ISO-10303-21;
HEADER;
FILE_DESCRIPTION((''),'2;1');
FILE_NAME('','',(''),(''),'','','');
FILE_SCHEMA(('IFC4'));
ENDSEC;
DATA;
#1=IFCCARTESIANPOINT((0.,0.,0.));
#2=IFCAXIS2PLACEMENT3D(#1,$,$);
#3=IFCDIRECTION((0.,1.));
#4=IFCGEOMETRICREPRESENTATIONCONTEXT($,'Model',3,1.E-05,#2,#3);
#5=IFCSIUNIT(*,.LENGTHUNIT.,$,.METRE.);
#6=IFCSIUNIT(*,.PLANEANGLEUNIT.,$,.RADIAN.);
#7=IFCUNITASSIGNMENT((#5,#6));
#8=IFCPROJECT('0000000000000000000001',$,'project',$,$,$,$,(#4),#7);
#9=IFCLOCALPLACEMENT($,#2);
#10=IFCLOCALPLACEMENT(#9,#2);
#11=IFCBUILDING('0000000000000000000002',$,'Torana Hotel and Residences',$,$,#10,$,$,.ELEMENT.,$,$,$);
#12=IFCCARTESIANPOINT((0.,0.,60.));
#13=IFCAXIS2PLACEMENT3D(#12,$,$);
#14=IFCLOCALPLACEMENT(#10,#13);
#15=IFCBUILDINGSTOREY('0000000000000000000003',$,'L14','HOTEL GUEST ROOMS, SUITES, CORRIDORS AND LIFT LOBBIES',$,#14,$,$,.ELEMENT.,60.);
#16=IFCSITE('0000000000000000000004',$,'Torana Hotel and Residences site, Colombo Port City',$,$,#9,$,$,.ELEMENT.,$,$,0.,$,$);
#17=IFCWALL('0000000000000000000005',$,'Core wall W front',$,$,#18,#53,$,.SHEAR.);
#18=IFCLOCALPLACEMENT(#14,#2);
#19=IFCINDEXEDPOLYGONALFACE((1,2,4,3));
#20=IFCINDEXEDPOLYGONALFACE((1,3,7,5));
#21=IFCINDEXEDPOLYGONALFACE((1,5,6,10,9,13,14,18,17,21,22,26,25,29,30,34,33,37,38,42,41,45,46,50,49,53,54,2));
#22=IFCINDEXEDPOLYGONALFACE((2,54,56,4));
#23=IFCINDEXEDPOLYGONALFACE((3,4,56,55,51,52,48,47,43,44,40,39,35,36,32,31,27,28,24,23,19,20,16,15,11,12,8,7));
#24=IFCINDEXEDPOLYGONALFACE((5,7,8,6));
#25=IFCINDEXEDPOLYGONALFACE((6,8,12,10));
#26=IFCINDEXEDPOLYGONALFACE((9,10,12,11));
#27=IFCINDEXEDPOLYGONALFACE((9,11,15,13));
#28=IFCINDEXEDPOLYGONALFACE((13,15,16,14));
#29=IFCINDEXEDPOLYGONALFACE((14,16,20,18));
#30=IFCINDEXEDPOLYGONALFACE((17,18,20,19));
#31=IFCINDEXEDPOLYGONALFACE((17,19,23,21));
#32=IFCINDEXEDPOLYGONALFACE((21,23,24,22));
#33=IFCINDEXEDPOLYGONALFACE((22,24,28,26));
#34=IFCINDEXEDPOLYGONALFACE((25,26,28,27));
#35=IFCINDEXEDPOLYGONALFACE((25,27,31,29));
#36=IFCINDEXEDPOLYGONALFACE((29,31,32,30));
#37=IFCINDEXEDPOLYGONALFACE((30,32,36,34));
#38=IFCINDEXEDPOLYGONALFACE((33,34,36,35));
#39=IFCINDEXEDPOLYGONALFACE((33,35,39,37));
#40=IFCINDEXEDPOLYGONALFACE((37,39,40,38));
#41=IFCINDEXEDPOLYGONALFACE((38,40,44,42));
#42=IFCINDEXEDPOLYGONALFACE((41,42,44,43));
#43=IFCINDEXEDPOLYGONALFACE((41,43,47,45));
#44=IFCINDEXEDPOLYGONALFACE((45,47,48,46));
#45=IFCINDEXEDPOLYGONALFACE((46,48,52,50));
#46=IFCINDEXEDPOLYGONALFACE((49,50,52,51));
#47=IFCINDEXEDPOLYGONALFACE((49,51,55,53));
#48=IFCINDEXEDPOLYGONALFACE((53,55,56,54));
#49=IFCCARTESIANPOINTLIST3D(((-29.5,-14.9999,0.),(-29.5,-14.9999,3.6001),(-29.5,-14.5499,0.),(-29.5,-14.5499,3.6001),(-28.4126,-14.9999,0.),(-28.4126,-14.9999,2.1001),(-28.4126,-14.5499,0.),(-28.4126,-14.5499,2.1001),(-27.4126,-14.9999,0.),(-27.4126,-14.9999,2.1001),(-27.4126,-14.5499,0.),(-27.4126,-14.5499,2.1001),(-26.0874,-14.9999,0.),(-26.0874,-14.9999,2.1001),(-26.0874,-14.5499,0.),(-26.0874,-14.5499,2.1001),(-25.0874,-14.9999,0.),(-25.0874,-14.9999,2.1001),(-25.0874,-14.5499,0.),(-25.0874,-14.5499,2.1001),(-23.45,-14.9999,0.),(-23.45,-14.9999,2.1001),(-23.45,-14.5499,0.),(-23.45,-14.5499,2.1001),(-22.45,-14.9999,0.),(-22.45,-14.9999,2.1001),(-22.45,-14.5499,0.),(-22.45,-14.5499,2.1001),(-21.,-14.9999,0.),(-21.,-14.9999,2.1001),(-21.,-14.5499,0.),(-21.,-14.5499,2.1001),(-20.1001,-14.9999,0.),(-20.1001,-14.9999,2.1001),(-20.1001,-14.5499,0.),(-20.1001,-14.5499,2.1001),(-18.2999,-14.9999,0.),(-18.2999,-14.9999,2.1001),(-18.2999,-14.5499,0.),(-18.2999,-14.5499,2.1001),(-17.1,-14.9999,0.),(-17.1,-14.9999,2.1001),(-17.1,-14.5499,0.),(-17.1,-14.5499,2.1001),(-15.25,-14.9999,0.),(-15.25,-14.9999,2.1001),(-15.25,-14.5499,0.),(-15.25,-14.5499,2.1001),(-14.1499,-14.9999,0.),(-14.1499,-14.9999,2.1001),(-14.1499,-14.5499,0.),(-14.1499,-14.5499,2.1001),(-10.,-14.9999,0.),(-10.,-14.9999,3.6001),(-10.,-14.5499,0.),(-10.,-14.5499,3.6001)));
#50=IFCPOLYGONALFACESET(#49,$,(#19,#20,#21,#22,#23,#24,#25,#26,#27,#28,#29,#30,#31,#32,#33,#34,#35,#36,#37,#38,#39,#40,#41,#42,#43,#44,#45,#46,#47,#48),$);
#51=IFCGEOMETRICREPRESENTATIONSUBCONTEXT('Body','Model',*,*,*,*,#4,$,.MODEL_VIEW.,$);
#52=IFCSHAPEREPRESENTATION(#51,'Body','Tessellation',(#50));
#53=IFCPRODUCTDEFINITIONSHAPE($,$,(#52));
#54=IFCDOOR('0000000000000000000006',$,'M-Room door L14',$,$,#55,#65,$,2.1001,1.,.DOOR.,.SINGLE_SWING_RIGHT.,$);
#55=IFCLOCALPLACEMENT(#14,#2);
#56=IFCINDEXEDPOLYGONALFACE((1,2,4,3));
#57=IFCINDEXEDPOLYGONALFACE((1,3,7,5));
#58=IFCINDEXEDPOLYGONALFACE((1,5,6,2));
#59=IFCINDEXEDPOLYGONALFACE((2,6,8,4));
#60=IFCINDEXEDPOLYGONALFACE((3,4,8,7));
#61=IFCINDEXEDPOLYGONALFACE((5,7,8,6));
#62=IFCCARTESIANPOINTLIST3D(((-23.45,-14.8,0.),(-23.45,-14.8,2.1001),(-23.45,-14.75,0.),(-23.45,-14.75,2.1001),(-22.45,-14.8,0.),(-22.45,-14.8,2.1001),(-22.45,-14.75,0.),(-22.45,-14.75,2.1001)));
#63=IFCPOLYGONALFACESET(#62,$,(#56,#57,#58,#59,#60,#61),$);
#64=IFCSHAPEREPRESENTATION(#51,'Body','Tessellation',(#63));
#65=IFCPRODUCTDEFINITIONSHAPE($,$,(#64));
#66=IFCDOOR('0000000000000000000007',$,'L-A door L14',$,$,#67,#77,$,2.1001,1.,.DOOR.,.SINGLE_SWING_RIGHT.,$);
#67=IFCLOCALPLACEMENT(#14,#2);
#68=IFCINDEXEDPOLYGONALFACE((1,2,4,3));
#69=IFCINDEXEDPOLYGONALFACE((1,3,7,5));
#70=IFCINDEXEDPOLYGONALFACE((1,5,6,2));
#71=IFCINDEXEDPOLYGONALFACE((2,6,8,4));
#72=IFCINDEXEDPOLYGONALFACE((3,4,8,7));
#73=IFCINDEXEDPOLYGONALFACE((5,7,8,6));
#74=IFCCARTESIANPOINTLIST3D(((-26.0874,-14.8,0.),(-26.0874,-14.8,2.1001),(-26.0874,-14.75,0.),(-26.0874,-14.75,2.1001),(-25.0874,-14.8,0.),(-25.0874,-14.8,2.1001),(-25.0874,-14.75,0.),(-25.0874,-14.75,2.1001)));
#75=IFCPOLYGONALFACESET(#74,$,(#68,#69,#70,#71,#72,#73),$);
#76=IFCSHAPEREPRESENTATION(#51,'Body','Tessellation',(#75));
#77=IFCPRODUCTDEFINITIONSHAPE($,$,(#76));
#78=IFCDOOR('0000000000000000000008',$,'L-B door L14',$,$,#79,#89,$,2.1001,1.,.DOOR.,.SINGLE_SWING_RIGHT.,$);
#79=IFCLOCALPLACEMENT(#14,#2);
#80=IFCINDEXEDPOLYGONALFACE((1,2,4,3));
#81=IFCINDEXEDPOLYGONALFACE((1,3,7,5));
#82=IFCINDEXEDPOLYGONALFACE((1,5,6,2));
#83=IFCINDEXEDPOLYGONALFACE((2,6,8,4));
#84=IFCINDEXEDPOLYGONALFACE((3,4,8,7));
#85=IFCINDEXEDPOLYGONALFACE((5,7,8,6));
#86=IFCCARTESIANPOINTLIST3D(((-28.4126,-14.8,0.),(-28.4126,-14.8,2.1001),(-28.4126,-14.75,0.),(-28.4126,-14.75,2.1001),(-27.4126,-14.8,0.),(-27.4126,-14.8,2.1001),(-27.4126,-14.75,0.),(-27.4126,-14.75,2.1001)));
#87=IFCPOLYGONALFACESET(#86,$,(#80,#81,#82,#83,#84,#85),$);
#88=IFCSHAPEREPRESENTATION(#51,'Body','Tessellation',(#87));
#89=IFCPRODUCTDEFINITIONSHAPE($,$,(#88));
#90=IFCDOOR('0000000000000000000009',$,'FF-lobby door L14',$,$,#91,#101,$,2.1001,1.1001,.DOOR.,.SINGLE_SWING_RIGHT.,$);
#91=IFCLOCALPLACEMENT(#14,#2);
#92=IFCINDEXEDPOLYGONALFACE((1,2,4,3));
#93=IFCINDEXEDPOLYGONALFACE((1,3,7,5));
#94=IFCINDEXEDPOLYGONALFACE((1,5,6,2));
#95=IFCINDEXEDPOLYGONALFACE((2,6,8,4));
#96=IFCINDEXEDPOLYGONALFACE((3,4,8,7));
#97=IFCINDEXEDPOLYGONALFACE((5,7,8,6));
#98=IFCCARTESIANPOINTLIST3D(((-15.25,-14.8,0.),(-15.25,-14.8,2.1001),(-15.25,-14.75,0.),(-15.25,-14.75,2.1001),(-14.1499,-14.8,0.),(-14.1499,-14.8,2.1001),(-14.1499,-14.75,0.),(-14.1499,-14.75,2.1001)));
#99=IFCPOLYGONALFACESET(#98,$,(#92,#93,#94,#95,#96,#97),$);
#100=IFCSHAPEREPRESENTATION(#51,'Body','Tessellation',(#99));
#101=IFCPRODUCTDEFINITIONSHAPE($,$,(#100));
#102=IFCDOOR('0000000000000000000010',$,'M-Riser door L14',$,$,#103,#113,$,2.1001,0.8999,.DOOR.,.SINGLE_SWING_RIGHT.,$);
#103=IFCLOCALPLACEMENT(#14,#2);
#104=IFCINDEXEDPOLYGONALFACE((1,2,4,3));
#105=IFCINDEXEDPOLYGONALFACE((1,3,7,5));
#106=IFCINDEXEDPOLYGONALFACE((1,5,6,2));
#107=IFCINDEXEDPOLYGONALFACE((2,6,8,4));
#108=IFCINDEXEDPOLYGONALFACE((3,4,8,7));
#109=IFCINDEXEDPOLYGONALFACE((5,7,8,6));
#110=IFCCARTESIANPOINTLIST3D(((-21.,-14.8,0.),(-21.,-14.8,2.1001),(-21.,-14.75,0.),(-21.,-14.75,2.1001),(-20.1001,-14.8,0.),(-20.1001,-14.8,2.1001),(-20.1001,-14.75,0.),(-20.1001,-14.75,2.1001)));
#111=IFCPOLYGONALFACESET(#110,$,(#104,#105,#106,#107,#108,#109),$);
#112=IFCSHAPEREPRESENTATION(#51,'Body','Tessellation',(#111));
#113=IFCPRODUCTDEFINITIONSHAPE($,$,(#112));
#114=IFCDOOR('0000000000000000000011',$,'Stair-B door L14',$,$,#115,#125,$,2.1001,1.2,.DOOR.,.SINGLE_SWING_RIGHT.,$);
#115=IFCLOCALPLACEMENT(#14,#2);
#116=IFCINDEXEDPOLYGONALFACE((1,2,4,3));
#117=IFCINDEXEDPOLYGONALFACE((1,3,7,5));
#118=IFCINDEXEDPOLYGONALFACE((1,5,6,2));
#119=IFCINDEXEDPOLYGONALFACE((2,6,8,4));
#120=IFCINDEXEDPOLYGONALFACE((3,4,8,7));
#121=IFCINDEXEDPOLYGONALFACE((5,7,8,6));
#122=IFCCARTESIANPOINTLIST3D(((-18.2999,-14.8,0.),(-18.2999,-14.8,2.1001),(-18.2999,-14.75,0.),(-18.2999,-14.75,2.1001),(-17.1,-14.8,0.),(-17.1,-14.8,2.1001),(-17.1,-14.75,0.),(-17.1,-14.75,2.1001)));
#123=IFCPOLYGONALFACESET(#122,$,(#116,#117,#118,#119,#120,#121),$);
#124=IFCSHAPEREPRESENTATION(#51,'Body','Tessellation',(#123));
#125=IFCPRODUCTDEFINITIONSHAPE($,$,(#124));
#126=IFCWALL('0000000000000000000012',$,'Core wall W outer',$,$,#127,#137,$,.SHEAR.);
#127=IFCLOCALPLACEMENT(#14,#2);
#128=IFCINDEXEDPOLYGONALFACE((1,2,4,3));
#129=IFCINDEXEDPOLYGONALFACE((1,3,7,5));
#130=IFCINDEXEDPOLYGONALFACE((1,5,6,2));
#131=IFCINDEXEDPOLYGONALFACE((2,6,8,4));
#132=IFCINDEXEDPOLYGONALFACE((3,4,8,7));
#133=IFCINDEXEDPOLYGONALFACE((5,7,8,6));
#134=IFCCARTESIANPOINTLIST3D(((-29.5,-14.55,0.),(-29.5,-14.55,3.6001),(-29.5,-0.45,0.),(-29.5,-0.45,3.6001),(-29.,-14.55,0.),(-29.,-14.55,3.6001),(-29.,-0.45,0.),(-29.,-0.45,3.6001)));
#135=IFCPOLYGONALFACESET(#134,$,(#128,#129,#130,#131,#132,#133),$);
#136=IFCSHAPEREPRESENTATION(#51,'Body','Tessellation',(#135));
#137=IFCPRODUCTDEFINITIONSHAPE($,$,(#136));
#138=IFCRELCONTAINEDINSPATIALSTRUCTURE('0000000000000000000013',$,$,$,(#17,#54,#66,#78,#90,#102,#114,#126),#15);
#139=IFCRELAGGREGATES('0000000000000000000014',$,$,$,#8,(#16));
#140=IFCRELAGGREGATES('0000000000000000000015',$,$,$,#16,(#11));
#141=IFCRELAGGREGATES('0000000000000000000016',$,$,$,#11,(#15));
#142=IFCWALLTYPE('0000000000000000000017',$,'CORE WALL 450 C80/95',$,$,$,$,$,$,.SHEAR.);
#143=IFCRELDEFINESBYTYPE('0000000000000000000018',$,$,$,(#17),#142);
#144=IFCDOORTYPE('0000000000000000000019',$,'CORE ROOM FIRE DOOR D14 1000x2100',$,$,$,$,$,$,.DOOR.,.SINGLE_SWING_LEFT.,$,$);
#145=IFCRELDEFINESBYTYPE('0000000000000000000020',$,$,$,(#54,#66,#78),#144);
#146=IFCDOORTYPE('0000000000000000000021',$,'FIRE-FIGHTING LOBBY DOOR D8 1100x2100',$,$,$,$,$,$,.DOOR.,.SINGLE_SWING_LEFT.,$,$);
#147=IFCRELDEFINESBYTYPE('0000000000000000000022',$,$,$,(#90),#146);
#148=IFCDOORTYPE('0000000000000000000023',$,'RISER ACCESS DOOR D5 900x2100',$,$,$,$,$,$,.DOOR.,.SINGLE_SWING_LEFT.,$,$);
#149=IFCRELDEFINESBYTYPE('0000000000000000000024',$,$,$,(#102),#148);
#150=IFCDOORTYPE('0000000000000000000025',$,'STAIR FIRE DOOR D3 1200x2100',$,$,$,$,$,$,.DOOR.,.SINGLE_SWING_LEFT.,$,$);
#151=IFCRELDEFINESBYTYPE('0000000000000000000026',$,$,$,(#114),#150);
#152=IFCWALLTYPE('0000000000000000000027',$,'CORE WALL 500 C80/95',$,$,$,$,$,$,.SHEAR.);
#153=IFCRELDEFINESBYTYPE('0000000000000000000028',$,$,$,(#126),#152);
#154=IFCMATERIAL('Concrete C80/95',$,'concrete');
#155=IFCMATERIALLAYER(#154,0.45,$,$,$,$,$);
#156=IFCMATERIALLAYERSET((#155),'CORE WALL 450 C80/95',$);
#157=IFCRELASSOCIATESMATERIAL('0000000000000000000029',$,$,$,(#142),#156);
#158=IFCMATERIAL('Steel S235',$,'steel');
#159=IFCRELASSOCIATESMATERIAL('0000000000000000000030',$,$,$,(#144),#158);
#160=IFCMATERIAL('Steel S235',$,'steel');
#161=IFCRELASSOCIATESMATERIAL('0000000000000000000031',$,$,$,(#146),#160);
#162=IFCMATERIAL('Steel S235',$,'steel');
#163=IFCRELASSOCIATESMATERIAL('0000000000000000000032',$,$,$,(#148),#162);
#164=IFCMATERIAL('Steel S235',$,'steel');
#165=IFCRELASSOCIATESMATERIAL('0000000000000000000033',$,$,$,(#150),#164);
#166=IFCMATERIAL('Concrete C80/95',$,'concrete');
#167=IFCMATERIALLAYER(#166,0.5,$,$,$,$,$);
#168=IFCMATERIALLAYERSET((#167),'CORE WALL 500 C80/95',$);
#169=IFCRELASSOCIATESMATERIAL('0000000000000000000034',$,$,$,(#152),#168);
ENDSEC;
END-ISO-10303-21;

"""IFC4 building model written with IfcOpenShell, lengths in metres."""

from ifc_helpers import new_model, si_unit, direction, frame, frame_2d, origin, place, context, subcontext, project, spatial, rectangle, extrude, material, layer, layer_set, type_object, element, fill, save


model = new_model("IFC4")

# Units and contexts
model_context = context("Model", 3, precision=1e-05, world=origin(), true_north=direction((0.0, 1.0)))
body_context = subcontext(model_context, "Body", "Model", "MODEL_VIEW")
ifc_project = project(units=[si_unit("LENGTHUNIT", "METRE"), si_unit("PLANEANGLEUNIT", "RADIAN")], contexts=[model_context])

# Site, building, storey
site_placement = place(None, origin())
site = spatial("IfcSite", under=ifc_project, at=site_placement, Name="Torana Hotel and Residences site, Colombo Port City", CompositionType="ELEMENT", RefElevation=0.0)
building_placement = place(site_placement, origin())
building = spatial("IfcBuilding", under=site, at=building_placement, Name="Torana Hotel and Residences", CompositionType="ELEMENT")
storey_placement = place(building_placement, frame((0.0, 0.0, 60.0)))
storey = spatial("IfcBuildingStorey", under=building, at=storey_placement, Name="L14", Description="HOTEL GUEST ROOMS, SUITES, CORRIDORS AND LIFT LOBBIES", CompositionType="ELEMENT", Elevation=60.0)

# Wall, openings, doors
ifc_material_1 = material(Name="Concrete C80/95", Category="concrete")
ifc_layer_1 = layer(ifc_material_1, 0.45)
ifc_layer_set_1 = layer_set([ifc_layer_1], Name="CORE WALL 450 C80/95")
wall_type_1 = type_object("IfcWallType", Name="CORE WALL 450 C80/95", PredefinedType="SHEAR", material=ifc_layer_set_1)
wall_1_placement = place(storey_placement, frame((-29.5, -14.7749, 0.0), z_axis=(0.0, 0.0, 1.0), x_axis=(1.0, 0.0, 0.0)))
wall_1 = element("IfcWall", 1, at=wall_1_placement, inside=storey, type_object=wall_type_1, Name="Core wall W front", PredefinedType="SHEAR", context=body_context, shape_type="SweptSolid", body=[
    extrude(rectangle(XDim=19.5, YDim=0.45, at=frame_2d((9.75, 0.0))), origin(), (0.0, 0.0, 1.0), 3.6001),
])
opening_1_placement = place(wall_1_placement, frame((11.2, 0.0, 0.0)))
opening_1 = element("IfcOpeningElement", 2, at=opening_1_placement, cuts=wall_1, PredefinedType="OPENING", context=body_context, shape_type="SweptSolid", body=[
    extrude(rectangle(XDim=1.2, YDim=2.1001, at=frame_2d((0.6001, 1.05))), frame((0.0, 0.2349, 0.0), z_axis=(0.0, -1.0, 0.0), x_axis=(1.0, 0.0, 0.0)), (0.0, 0.0, 1.0), 0.47),
])
opening_2_placement = place(wall_1_placement, frame((14.25, 0.0, 0.0)))
opening_2 = element("IfcOpeningElement", 3, at=opening_2_placement, cuts=wall_1, PredefinedType="OPENING", context=body_context, shape_type="SweptSolid", body=[
    extrude(rectangle(XDim=1.1001, YDim=2.1001, at=frame_2d((0.55, 1.05))), frame((0.0, 0.2349, 0.0), z_axis=(0.0, -1.0, 0.0), x_axis=(1.0, 0.0, 0.0)), (0.0, 0.0, 1.0), 0.47),
])
opening_3_placement = place(wall_1_placement, frame((8.5, 0.0, 0.0)))
opening_3 = element("IfcOpeningElement", 4, at=opening_3_placement, cuts=wall_1, PredefinedType="OPENING", context=body_context, shape_type="SweptSolid", body=[
    extrude(rectangle(XDim=0.8999, YDim=2.1001, at=frame_2d((0.45, 1.05))), frame((0.0, 0.2349, 0.0), z_axis=(0.0, -1.0, 0.0), x_axis=(1.0, 0.0, 0.0)), (0.0, 0.0, 1.0), 0.47),
])
opening_4_placement = place(wall_1_placement, frame((6.05, 0.0, 0.0)))
opening_4 = element("IfcOpeningElement", 5, at=opening_4_placement, cuts=wall_1, PredefinedType="OPENING", context=body_context, shape_type="SweptSolid", body=[
    extrude(rectangle(XDim=1.0, YDim=2.1001, at=frame_2d((0.5, 1.05))), frame((0.0, 0.2349, 0.0), z_axis=(0.0, -1.0, 0.0), x_axis=(1.0, 0.0, 0.0)), (0.0, 0.0, 1.0), 0.47),
])
opening_5_placement = place(wall_1_placement, frame((3.4126, 0.0, 0.0)))
opening_5 = element("IfcOpeningElement", 6, at=opening_5_placement, cuts=wall_1, PredefinedType="OPENING", context=body_context, shape_type="SweptSolid", body=[
    extrude(rectangle(XDim=1.0, YDim=2.1001, at=frame_2d((0.5, 1.05))), frame((0.0, 0.2349, 0.0), z_axis=(0.0, -1.0, 0.0), x_axis=(1.0, 0.0, 0.0)), (0.0, 0.0, 1.0), 0.47),
])
opening_6_placement = place(wall_1_placement, frame((1.0874, 0.0, 0.0)))
opening_6 = element("IfcOpeningElement", 7, at=opening_6_placement, cuts=wall_1, PredefinedType="OPENING", context=body_context, shape_type="SweptSolid", body=[
    extrude(rectangle(XDim=1.0, YDim=2.1001, at=frame_2d((0.5, 1.05))), frame((0.0, 0.2349, 0.0), z_axis=(0.0, -1.0, 0.0), x_axis=(1.0, 0.0, 0.0)), (0.0, 0.0, 1.0), 0.47),
])
ifc_material_2 = material(Name="Steel S235", Category="steel")
door_type_1 = type_object("IfcDoorType", Name="CORE ROOM FIRE DOOR D14 1000x2100", OperationType="SINGLE_SWING_LEFT", PredefinedType="DOOR", material=ifc_material_2)
door_1_placement = place(opening_4_placement, origin())
door_1 = element("IfcDoor", 8, at=door_1_placement, inside=storey, type_object=door_type_1, Name="M-Room door L14", OperationType="SINGLE_SWING_RIGHT", OverallHeight=2.1001, OverallWidth=1.0, PredefinedType="DOOR", context=body_context, shape_type="SweptSolid", body=[
    extrude(rectangle(XDim=1.0, YDim=2.1001, at=frame_2d((0.5, 1.05))), frame((0.0, 0.0249, 0.0), z_axis=(0.0, -1.0, 0.0), x_axis=(1.0, 0.0, 0.0)), (0.0, 0.0, 1.0), 0.05),
])
fill(opening_4, door_1)
door_2_placement = place(opening_5_placement, origin())
door_2 = element("IfcDoor", 9, at=door_2_placement, inside=storey, type_object=door_type_1, Name="L-A door L14", OperationType="SINGLE_SWING_RIGHT", OverallHeight=2.1001, OverallWidth=1.0, PredefinedType="DOOR", context=body_context, shape_type="SweptSolid", body=[
    extrude(rectangle(XDim=1.0, YDim=2.1001, at=frame_2d((0.5, 1.05))), frame((0.0, 0.0249, 0.0), z_axis=(0.0, -1.0, 0.0), x_axis=(1.0, 0.0, 0.0)), (0.0, 0.0, 1.0), 0.05),
])
fill(opening_5, door_2)
door_3_placement = place(opening_6_placement, origin())
door_3 = element("IfcDoor", 10, at=door_3_placement, inside=storey, type_object=door_type_1, Name="L-B door L14", OperationType="SINGLE_SWING_RIGHT", OverallHeight=2.1001, OverallWidth=1.0, PredefinedType="DOOR", context=body_context, shape_type="SweptSolid", body=[
    extrude(rectangle(XDim=1.0, YDim=2.1001, at=frame_2d((0.5, 1.05))), frame((0.0, 0.0249, 0.0), z_axis=(0.0, -1.0, 0.0), x_axis=(1.0, 0.0, 0.0)), (0.0, 0.0, 1.0), 0.05),
])
fill(opening_6, door_3)
ifc_material_3 = material(Name="Steel S235", Category="steel")
door_type_2 = type_object("IfcDoorType", Name="FIRE-FIGHTING LOBBY DOOR D8 1100x2100", OperationType="SINGLE_SWING_LEFT", PredefinedType="DOOR", material=ifc_material_3)
door_4_placement = place(opening_2_placement, origin())
door_4 = element("IfcDoor", 11, at=door_4_placement, inside=storey, type_object=door_type_2, Name="FF-lobby door L14", OperationType="SINGLE_SWING_RIGHT", OverallHeight=2.1001, OverallWidth=1.1001, PredefinedType="DOOR", context=body_context, shape_type="SweptSolid", body=[
    extrude(rectangle(XDim=1.1001, YDim=2.1001, at=frame_2d((0.55, 1.05))), frame((0.0, 0.0249, 0.0), z_axis=(0.0, -1.0, 0.0), x_axis=(1.0, 0.0, 0.0)), (0.0, 0.0, 1.0), 0.05),
])
fill(opening_2, door_4)
ifc_material_4 = material(Name="Steel S235", Category="steel")
door_type_3 = type_object("IfcDoorType", Name="RISER ACCESS DOOR D5 900x2100", OperationType="SINGLE_SWING_LEFT", PredefinedType="DOOR", material=ifc_material_4)
door_5_placement = place(opening_3_placement, origin())
door_5 = element("IfcDoor", 12, at=door_5_placement, inside=storey, type_object=door_type_3, Name="M-Riser door L14", OperationType="SINGLE_SWING_RIGHT", OverallHeight=2.1001, OverallWidth=0.8999, PredefinedType="DOOR", context=body_context, shape_type="SweptSolid", body=[
    extrude(rectangle(XDim=0.8999, YDim=2.1001, at=frame_2d((0.45, 1.05))), frame((0.0, 0.0249, 0.0), z_axis=(0.0, -1.0, 0.0), x_axis=(1.0, 0.0, 0.0)), (0.0, 0.0, 1.0), 0.05),
])
fill(opening_3, door_5)
ifc_material_5 = material(Name="Steel S235", Category="steel")
door_type_4 = type_object("IfcDoorType", Name="STAIR FIRE DOOR D3 1200x2100", OperationType="SINGLE_SWING_LEFT", PredefinedType="DOOR", material=ifc_material_5)
door_6_placement = place(opening_1_placement, origin())
door_6 = element("IfcDoor", 13, at=door_6_placement, inside=storey, type_object=door_type_4, Name="Stair-B door L14", OperationType="SINGLE_SWING_RIGHT", OverallHeight=2.1001, OverallWidth=1.2, PredefinedType="DOOR", context=body_context, shape_type="SweptSolid", body=[
    extrude(rectangle(XDim=1.2, YDim=2.1001, at=frame_2d((0.6001, 1.05))), frame((0.0, 0.0249, 0.0), z_axis=(0.0, -1.0, 0.0), x_axis=(1.0, 0.0, 0.0)), (0.0, 0.0, 1.0), 0.05),
])
fill(opening_1, door_6)

# Wall
ifc_material_6 = material(Name="Concrete C80/95", Category="concrete")
ifc_layer_2 = layer(ifc_material_6, 0.5)
ifc_layer_set_2 = layer_set([ifc_layer_2], Name="CORE WALL 500 C80/95")
wall_type_2 = type_object("IfcWallType", Name="CORE WALL 500 C80/95", PredefinedType="SHEAR", material=ifc_layer_set_2)
wall_2_placement = place(storey_placement, frame((-29.25, -14.55, 0.0), z_axis=(0.0, 0.0, 1.0), x_axis=(0.0, 1.0, 0.0)))
element("IfcWall", 14, at=wall_2_placement, inside=storey, type_object=wall_type_2, Name="Core wall W outer", PredefinedType="SHEAR", context=body_context, shape_type="SweptSolid", body=[
    extrude(rectangle(XDim=14.1001, YDim=0.5, at=frame_2d((7.05, 0.0))), origin(), (0.0, 0.0, 1.0), 3.6001),
])

save(model, "model.ifc")
